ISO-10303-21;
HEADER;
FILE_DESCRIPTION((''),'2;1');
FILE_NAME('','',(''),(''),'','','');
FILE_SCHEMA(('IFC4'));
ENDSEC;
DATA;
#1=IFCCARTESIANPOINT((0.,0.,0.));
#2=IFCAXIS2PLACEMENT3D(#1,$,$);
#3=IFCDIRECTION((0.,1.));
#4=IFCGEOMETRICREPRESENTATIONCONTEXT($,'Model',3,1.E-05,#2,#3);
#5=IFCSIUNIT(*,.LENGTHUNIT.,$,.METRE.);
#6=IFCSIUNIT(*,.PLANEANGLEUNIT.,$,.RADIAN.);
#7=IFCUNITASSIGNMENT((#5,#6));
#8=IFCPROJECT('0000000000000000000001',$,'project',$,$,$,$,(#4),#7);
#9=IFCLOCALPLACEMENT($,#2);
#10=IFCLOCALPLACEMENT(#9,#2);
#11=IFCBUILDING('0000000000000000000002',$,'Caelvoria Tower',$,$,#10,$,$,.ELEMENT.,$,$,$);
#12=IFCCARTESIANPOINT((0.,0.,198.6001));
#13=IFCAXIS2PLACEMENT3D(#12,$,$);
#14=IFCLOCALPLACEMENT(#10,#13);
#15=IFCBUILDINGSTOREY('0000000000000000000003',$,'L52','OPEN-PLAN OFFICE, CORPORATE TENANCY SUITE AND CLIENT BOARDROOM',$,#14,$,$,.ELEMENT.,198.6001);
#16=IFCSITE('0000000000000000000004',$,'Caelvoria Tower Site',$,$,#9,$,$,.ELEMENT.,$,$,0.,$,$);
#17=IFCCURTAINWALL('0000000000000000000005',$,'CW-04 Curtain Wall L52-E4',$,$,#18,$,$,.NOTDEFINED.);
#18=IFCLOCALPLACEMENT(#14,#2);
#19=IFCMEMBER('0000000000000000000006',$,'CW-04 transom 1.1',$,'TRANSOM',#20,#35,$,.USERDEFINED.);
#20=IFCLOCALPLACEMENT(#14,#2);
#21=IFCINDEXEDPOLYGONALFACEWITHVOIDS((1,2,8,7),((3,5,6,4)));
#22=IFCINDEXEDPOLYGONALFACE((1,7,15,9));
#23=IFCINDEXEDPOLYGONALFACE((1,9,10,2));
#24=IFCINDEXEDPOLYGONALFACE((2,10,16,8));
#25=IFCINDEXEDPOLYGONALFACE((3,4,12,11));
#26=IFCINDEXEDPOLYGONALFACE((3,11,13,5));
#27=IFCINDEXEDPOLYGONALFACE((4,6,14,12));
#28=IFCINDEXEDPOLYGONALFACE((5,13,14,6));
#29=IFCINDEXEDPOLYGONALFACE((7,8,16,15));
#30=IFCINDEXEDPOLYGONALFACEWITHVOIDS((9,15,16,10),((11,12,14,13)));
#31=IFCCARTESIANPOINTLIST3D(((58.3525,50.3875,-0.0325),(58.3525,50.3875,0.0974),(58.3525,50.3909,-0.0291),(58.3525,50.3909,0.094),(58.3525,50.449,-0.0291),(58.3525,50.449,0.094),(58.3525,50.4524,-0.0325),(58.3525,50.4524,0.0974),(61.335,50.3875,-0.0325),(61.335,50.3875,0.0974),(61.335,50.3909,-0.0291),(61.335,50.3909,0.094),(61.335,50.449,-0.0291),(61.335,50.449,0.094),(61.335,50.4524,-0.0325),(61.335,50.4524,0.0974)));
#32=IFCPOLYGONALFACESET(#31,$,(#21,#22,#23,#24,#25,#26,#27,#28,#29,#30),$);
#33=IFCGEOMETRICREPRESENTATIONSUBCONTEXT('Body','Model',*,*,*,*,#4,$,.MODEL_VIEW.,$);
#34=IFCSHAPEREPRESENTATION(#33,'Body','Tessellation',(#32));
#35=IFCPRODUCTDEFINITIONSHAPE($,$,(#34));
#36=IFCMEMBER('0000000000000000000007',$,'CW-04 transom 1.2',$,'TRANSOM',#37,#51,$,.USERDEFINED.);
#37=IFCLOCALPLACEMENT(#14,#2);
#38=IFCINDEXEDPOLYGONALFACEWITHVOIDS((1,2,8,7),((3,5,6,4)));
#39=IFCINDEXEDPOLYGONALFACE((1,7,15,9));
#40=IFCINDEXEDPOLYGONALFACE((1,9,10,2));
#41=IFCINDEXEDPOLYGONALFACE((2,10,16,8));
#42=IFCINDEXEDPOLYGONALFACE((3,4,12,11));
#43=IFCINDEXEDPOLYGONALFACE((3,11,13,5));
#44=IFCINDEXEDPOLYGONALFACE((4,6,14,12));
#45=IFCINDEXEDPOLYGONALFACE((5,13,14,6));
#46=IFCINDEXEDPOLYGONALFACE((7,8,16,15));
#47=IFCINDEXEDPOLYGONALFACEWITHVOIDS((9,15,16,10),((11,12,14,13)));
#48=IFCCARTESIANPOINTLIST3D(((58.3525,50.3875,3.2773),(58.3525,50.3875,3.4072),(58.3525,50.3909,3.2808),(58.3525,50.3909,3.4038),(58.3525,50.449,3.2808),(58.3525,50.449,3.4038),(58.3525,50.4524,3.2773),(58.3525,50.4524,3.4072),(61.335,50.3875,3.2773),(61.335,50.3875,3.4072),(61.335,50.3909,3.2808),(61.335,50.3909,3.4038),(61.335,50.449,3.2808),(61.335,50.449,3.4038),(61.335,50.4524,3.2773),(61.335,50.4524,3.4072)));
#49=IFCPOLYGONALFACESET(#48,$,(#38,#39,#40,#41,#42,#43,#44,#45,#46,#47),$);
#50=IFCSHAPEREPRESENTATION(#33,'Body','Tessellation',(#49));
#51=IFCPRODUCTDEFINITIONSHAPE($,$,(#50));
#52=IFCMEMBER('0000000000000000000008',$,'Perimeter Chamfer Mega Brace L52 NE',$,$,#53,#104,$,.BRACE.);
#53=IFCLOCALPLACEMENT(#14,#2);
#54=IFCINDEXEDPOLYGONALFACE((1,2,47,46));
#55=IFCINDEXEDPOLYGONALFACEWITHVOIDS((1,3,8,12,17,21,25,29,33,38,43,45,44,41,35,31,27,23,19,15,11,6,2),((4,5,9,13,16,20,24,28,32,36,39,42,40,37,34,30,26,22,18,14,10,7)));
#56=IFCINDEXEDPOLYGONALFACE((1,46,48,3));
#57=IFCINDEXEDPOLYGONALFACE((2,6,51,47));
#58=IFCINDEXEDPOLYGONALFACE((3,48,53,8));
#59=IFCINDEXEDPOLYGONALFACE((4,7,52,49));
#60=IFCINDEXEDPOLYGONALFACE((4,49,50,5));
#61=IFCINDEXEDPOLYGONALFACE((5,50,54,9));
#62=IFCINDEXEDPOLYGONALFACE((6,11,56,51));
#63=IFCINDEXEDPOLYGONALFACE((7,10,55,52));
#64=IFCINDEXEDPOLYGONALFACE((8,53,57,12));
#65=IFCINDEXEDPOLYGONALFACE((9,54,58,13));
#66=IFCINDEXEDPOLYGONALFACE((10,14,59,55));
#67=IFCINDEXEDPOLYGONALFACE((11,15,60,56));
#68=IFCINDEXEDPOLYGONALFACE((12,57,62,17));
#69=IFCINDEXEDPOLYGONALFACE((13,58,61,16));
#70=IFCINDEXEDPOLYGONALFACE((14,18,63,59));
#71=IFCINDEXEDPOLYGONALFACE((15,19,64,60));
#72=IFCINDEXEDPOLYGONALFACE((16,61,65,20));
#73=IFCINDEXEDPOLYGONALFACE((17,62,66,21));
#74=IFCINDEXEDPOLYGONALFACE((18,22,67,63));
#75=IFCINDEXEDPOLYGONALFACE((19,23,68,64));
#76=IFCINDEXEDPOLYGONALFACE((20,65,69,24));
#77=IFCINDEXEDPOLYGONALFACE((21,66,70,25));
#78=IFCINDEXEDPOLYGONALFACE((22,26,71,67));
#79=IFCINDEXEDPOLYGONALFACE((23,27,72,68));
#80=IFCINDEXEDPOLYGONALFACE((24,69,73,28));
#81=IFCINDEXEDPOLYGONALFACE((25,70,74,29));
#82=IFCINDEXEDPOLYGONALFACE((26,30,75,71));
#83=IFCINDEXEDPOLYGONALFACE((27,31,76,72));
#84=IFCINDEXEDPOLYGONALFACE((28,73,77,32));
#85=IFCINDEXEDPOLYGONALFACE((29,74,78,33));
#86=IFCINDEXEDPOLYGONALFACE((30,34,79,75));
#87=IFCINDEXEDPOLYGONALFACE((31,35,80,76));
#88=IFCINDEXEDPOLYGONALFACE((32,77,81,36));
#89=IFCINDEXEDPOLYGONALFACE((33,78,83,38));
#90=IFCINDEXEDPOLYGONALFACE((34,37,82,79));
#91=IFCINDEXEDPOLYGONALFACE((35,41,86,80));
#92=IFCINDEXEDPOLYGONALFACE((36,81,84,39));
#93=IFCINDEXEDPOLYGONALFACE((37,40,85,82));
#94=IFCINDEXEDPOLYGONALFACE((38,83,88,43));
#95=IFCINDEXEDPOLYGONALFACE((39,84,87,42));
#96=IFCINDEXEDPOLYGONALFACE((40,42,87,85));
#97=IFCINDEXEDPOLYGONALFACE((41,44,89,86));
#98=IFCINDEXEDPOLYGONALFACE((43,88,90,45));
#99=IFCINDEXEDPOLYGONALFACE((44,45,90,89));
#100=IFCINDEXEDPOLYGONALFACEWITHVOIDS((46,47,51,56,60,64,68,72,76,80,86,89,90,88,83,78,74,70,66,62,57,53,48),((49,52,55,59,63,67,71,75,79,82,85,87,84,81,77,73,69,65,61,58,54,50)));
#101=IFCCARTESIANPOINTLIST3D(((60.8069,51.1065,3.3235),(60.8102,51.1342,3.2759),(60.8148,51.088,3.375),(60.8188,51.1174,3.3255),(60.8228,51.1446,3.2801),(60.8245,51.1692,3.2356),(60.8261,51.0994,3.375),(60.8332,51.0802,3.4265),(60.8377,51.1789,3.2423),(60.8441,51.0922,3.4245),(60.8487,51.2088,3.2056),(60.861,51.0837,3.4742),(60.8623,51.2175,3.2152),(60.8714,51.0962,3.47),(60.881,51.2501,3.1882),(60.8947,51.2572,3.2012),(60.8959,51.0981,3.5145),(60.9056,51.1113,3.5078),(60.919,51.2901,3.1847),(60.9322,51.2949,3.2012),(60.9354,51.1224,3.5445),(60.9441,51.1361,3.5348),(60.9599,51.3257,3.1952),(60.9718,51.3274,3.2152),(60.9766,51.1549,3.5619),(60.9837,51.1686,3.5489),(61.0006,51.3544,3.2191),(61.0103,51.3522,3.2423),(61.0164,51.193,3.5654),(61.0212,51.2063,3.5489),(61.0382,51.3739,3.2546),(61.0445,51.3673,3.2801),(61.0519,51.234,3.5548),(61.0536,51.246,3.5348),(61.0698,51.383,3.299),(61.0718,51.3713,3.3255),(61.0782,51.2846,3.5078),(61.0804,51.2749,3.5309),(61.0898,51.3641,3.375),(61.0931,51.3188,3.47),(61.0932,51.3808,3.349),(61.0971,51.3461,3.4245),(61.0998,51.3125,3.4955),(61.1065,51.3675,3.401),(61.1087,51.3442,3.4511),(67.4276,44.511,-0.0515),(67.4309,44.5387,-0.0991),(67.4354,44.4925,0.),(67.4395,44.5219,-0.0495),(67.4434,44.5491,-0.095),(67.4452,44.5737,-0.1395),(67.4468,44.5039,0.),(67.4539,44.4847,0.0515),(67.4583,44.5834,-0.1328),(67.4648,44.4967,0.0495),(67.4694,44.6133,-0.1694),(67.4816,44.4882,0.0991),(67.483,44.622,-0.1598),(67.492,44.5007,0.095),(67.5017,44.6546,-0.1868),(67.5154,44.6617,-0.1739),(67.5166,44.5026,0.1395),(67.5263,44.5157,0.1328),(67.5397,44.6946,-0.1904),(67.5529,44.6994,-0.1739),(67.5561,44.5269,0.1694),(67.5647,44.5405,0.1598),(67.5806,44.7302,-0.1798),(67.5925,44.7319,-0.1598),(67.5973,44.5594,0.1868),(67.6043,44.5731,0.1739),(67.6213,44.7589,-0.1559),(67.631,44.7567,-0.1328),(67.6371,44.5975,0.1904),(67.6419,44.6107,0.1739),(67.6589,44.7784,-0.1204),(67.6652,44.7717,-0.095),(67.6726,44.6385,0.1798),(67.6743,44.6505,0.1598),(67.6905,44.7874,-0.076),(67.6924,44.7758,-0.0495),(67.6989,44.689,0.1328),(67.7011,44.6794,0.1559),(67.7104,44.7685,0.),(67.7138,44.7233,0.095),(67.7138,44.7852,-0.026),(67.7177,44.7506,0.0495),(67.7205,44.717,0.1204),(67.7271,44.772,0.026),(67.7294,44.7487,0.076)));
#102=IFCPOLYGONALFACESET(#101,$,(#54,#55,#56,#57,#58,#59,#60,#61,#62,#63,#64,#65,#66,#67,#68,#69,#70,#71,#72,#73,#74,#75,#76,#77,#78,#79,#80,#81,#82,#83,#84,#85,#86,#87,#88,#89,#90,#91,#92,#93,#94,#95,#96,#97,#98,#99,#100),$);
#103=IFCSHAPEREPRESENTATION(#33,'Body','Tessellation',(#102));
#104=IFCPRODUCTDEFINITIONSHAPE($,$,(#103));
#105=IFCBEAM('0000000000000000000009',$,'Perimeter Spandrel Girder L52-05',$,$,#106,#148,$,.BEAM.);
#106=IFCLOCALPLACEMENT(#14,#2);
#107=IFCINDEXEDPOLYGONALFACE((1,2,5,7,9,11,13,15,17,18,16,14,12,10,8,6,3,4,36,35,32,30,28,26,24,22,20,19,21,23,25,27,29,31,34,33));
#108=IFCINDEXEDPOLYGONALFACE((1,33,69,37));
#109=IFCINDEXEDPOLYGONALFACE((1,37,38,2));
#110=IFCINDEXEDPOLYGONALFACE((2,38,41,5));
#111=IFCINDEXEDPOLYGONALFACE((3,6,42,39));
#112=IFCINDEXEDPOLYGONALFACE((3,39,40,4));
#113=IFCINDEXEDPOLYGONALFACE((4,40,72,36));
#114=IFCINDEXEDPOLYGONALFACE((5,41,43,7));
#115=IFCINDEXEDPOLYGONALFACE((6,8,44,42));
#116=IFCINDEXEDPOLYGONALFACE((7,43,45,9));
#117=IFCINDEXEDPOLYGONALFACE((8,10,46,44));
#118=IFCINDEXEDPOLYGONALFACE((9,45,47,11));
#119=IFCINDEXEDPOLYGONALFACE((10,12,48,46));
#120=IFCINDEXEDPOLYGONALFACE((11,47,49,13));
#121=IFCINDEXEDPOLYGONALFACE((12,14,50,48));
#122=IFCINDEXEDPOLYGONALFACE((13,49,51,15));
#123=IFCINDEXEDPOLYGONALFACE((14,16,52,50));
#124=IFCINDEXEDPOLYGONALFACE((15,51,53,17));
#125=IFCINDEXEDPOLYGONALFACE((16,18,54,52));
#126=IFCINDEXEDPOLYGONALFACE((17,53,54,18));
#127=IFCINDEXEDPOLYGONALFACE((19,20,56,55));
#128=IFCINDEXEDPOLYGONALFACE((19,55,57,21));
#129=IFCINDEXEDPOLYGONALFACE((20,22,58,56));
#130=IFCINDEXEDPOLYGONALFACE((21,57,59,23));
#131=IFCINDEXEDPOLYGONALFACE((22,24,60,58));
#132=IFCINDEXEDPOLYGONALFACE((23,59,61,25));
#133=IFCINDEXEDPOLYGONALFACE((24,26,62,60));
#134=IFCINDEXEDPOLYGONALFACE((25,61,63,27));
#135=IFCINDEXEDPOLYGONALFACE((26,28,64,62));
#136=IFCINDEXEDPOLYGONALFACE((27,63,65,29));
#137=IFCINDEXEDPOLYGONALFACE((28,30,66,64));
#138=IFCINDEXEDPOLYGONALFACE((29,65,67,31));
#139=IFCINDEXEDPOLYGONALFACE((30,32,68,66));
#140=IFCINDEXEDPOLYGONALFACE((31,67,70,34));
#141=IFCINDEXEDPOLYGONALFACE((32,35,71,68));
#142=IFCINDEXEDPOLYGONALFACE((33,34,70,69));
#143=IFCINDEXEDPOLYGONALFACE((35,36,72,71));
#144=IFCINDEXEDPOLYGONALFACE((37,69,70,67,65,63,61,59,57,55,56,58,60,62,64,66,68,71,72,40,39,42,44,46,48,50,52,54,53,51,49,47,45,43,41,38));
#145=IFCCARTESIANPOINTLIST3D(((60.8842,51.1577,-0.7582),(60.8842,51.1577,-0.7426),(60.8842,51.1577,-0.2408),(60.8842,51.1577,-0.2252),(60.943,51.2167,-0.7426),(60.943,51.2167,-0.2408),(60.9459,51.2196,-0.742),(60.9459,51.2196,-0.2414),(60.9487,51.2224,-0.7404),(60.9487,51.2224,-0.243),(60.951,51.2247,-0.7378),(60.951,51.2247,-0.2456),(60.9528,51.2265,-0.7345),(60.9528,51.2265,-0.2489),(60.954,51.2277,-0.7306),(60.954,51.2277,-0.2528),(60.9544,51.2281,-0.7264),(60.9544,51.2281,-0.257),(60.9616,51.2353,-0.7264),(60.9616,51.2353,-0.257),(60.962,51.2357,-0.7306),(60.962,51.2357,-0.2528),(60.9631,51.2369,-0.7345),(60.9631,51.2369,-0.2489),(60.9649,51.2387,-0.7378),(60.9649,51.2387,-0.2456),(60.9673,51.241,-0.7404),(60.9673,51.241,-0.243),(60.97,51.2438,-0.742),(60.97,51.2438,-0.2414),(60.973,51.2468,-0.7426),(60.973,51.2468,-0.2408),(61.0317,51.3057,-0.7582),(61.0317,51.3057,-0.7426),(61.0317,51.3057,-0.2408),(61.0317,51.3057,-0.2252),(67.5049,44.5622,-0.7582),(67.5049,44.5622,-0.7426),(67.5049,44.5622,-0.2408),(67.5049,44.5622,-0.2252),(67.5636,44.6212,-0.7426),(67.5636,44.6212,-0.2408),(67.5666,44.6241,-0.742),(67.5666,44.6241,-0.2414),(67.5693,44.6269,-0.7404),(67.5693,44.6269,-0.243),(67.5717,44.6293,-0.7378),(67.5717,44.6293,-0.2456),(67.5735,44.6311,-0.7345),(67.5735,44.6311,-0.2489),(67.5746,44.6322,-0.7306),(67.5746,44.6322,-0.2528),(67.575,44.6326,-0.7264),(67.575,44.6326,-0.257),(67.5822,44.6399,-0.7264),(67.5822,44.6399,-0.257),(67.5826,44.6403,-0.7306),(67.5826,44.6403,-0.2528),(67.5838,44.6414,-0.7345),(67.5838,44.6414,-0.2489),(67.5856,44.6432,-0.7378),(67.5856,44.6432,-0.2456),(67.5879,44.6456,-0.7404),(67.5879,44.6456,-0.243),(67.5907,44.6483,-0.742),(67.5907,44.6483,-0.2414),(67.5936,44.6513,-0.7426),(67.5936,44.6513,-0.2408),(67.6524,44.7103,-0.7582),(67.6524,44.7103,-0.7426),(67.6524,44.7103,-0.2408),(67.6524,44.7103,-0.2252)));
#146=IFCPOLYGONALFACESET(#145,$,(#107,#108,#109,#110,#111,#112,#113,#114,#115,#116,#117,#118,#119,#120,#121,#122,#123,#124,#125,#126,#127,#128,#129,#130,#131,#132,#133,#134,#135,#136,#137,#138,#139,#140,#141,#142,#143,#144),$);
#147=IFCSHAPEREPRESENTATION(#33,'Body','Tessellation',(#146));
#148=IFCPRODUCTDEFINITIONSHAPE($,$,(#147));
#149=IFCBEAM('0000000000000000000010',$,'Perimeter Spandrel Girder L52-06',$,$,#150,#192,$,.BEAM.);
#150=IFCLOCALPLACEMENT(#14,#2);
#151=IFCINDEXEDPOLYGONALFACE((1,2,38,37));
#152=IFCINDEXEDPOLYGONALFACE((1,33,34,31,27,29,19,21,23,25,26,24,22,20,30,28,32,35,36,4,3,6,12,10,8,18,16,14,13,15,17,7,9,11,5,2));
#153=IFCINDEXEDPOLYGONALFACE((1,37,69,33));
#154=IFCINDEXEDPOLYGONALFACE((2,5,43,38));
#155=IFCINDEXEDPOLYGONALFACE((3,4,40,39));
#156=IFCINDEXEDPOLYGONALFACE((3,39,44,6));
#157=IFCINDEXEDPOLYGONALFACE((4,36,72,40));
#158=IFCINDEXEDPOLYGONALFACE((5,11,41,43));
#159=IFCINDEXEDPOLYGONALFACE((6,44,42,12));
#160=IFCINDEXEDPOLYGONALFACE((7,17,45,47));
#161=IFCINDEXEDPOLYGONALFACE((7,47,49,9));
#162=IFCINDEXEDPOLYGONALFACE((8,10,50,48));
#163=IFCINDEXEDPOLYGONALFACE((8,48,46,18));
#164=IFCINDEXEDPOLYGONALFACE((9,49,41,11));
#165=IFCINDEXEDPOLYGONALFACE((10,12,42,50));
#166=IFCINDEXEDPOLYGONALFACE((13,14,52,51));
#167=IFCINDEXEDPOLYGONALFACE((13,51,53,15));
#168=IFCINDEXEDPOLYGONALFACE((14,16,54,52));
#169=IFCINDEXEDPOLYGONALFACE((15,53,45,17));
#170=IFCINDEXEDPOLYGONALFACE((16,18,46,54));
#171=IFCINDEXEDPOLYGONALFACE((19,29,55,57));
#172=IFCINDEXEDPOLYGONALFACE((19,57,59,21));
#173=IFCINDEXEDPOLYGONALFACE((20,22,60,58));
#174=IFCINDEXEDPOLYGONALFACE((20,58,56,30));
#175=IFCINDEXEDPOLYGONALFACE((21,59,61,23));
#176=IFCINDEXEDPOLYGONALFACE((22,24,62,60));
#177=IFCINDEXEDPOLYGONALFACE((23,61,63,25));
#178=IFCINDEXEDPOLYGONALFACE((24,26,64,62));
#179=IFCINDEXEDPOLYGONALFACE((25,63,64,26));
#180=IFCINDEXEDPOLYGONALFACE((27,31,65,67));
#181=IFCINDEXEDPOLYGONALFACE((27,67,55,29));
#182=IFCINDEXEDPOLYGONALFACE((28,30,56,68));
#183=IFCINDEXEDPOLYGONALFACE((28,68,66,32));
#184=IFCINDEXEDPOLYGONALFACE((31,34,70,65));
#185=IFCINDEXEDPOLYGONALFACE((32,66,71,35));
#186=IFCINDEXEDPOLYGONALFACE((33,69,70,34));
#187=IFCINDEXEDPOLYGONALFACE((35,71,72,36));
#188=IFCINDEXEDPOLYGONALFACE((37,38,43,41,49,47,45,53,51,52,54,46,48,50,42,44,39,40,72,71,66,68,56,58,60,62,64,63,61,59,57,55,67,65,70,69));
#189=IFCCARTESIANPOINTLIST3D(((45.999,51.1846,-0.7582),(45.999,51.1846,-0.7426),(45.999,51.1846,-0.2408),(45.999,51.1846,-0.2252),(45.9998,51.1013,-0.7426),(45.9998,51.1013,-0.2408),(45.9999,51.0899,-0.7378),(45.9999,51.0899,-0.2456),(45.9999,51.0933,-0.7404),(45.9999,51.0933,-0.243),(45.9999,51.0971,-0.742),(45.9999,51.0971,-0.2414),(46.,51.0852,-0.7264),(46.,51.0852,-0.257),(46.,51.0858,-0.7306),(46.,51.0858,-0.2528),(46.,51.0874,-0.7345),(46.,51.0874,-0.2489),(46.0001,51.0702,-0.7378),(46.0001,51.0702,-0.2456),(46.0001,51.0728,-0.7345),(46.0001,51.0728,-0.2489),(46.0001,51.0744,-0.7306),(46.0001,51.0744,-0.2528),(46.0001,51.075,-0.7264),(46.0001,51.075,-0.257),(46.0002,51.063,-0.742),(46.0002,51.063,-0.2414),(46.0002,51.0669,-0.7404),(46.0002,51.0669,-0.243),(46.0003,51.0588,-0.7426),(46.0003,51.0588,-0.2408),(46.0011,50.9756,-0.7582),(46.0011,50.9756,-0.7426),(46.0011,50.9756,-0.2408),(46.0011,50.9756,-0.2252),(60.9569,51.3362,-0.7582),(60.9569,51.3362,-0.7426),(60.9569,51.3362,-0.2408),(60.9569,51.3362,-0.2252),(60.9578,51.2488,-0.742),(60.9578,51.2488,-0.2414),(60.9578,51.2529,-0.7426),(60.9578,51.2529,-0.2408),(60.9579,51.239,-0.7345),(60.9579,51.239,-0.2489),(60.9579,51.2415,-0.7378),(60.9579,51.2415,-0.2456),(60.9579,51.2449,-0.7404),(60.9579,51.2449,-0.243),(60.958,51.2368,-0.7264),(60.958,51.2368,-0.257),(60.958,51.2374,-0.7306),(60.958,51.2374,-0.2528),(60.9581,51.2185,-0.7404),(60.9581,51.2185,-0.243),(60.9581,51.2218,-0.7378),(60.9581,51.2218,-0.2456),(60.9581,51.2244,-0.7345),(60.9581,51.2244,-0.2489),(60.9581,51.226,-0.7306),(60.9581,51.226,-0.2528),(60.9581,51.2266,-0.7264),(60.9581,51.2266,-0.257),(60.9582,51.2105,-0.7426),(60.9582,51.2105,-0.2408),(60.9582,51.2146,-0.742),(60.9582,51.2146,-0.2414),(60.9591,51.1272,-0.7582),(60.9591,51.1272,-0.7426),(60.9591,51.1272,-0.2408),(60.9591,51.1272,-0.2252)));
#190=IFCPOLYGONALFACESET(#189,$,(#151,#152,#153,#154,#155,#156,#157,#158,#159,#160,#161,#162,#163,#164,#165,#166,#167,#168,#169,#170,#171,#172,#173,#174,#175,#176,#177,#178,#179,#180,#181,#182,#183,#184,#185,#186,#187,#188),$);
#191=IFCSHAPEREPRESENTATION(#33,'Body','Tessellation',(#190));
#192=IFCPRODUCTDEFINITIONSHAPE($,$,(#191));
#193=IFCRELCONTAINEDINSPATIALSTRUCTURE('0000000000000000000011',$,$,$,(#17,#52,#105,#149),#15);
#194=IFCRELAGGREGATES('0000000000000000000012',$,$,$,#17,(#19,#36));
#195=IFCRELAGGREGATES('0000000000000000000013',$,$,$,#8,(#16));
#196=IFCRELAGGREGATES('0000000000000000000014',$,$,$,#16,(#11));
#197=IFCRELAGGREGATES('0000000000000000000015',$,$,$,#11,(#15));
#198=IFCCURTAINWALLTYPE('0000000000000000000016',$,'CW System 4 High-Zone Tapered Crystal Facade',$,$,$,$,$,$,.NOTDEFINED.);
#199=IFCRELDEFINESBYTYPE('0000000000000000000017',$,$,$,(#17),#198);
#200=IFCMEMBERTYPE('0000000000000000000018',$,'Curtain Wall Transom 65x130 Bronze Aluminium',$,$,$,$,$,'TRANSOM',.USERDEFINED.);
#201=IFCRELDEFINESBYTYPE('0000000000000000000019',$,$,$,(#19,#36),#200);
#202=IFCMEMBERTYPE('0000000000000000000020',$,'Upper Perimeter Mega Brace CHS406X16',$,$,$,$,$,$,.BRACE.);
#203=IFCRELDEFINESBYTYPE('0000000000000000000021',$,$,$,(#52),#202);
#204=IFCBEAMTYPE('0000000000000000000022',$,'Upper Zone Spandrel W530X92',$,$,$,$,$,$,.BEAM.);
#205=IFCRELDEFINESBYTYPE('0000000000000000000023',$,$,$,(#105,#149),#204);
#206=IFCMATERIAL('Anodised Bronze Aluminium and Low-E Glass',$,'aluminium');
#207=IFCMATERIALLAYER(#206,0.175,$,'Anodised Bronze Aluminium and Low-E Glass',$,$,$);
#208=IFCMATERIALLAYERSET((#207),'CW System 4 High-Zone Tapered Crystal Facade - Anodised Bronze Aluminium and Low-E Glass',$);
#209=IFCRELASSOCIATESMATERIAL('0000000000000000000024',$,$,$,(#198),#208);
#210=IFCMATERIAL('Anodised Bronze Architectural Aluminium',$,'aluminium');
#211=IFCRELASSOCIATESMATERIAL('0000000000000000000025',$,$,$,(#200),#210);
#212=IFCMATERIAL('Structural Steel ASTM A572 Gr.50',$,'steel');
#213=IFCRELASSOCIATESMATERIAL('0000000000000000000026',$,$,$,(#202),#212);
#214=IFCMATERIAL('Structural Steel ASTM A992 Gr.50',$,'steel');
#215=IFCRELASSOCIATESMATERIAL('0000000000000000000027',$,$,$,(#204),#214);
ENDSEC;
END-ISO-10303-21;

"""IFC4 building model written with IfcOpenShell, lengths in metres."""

from ifc_helpers import new_model, si_unit, direction, frame, origin, origin_2d, place, context, subcontext, project, spatial, hollow_rectangle, hollow_circle, i_section, extrude, material, layer, layer_set, material_profile, profile_set, type_object, element, aggregate, save


model = new_model("IFC4")

# Units and contexts
model_context = context("Model", 3, precision=1e-05, world=origin(), true_north=direction((0.0, 1.0)))
body_context = subcontext(model_context, "Body", "Model", "MODEL_VIEW")
ifc_project = project(units=[si_unit("LENGTHUNIT", "METRE"), si_unit("PLANEANGLEUNIT", "RADIAN")], contexts=[model_context])

# Site, building, storey
site_placement = place(None, origin())
site = spatial("IfcSite", under=ifc_project, at=site_placement, Name="Caelvoria Tower Site", CompositionType="ELEMENT", RefElevation=0.0)
building_placement = place(site_placement, origin())
building = spatial("IfcBuilding", under=site, at=building_placement, Name="Caelvoria Tower", CompositionType="ELEMENT")
storey_placement = place(building_placement, frame((0.0, 0.0, 198.6001)))
storey = spatial("IfcBuildingStorey", under=building, at=storey_placement, Name="L52", Description="OPEN-PLAN OFFICE, CORPORATE TENANCY SUITE AND CLIENT BOARDROOM", CompositionType="ELEMENT", Elevation=198.6001)

# Shared definitions
ifc_material_1 = material(Name="Structural Steel ASTM A572 Gr.50", Category="steel")

# Shared definitions
ifc_material_2 = material(Name="Anodised Bronze Aluminium and Low-E Glass", Category="aluminium")
ifc_layer_1 = layer(ifc_material_2, 0.175, Name="Anodised Bronze Aluminium and Low-E Glass")
ifc_layer_set_1 = layer_set([ifc_layer_1], Name="CW System 4 High-Zone Tapered Crystal Facade - Anodised Bronze Aluminium and Low-E Glass")
curtain_wall_type = type_object("IfcCurtainWallType", Name="CW System 4 High-Zone Tapered Crystal Facade", PredefinedType="NOTDEFINED", material=ifc_layer_set_1)
ifc_material_3 = material(Name="Anodised Bronze Architectural Aluminium", Category="aluminium")

# Curtain wall
curtain_wall_1_placement = place(storey_placement, origin())
curtain_wall_1 = element("IfcCurtainWall", 1, at=curtain_wall_1_placement, inside=storey, type_object=curtain_wall_type, Name="CW-04 Curtain Wall L52-E4", PredefinedType="NOTDEFINED")

# Members
ifc_material_profile_1 = material_profile(ifc_material_3, hollow_rectangle(XDim=0.0649, YDim=0.1299, WallThickness=0.0034, at=origin_2d()), Name="Anodised Bronze Architectural Aluminium")
ifc_profile_set_1 = profile_set([ifc_material_profile_1], Name="CW_TRAN_65X130 - Anodised Bronze Architectural Aluminium")
member_type_1 = type_object("IfcMemberType", Name="Curtain Wall Transom 65x130 Bronze Aluminium", ElementType="TRANSOM", PredefinedType="USERDEFINED", material=ifc_profile_set_1)
member_1_placement = place(storey_placement, frame((61.335, 50.4199, 0.0325), z_axis=(-1.0, 0.0, 0.0), x_axis=(0.0, -1.0, 0.0)))
member_1 = element("IfcMember", 2, at=member_1_placement, type_object=member_type_1, Name="CW-04 transom 1.1", ObjectType="TRANSOM", PredefinedType="USERDEFINED", context=body_context, shape_type="SweptSolid", body=[
    extrude(hollow_rectangle(XDim=0.0649, YDim=0.1299, WallThickness=0.0034, at=origin_2d()), origin(), (0.0, 0.0, 1.0), 2.9824),
])
member_2_placement = place(storey_placement, frame((61.335, 50.4199, 3.3423), z_axis=(-1.0, 0.0, 0.0), x_axis=(0.0, -1.0, 0.0)))
member_2 = element("IfcMember", 3, at=member_2_placement, type_object=member_type_1, Name="CW-04 transom 1.2", ObjectType="TRANSOM", PredefinedType="USERDEFINED", context=body_context, shape_type="SweptSolid", body=[
    extrude(hollow_rectangle(XDim=0.0649, YDim=0.1299, WallThickness=0.0034, at=origin_2d()), origin(), (0.0, 0.0, 1.0), 2.9824),
])
aggregate(curtain_wall_1, [member_1, member_2])
ifc_material_profile_2 = material_profile(ifc_material_1, hollow_circle(Radius=0.2029, WallThickness=0.0161, at=origin_2d()), Name="Structural Steel ASTM A572 Gr.50")
ifc_profile_set_2 = profile_set([ifc_material_profile_2], Name="CHS406X16 - Structural Steel ASTM A572 Gr.50")
member_type_2 = type_object("IfcMemberType", Name="Upper Perimeter Mega Brace CHS406X16", PredefinedType="BRACE", material=ifc_profile_set_2)
member_3_placement = place(storey_placement, frame((67.5786, 44.6362, 0.0), z_axis=(-0.666328, 0.663797, 0.339676), x_axis=(-0.70576, -0.708451, 0.0)))
element("IfcMember", 4, at=member_3_placement, inside=storey, type_object=member_type_2, Name="Perimeter Chamfer Mega Brace L52 NE", PredefinedType="BRACE", context=body_context, shape_type="SweptSolid", body=[
    extrude(hollow_circle(Radius=0.2029, WallThickness=0.0161, at=origin_2d()), origin(), (0.0, 0.0, 1.0), 9.936),
])

# Beams
ifc_material_4 = material(Name="Structural Steel ASTM A992 Gr.50", Category="steel")
ifc_material_profile_3 = material_profile(ifc_material_4, i_section(OverallWidth=0.209, OverallDepth=0.533, WebThickness=0.0103, FlangeThickness=0.0156, FilletRadius=0.0161, at=origin_2d()), Name="Structural Steel ASTM A992 Gr.50")
ifc_profile_set_3 = profile_set([ifc_material_profile_3], Name="W530X92 - Structural Steel ASTM A992 Gr.50")
beam_type = type_object("IfcBeamType", Name="Upper Zone Spandrel W530X92", PredefinedType="BEAM", material=ifc_profile_set_3)
beam_1_placement = place(storey_placement, frame((67.5786, 44.6362, -0.4917), z_axis=(-0.708451, 0.70576, 0.0), x_axis=(-0.70576, -0.708451, 0.0)))
element("IfcBeam", 5, at=beam_1_placement, inside=storey, type_object=beam_type, Name="Perimeter Spandrel Girder L52-05", PredefinedType="BEAM", context=body_context, shape_type="SweptSolid", body=[
    extrude(i_section(OverallWidth=0.209, OverallDepth=0.533, WebThickness=0.0103, FlangeThickness=0.0156, FilletRadius=0.0161, at=origin_2d()), origin(), (0.0, 0.0, 1.0), 9.3452),
])
beam_2_placement = place(storey_placement, frame((60.958, 51.2317, -0.4917), z_axis=(-0.999949, -0.010135, 0.0), x_axis=(0.010135, -0.999949, 0.0)))
element("IfcBeam", 6, at=beam_2_placement, inside=storey, type_object=beam_type, Name="Perimeter Spandrel Girder L52-06", PredefinedType="BEAM", context=body_context, shape_type="SweptSolid", body=[
    extrude(i_section(OverallWidth=0.209, OverallDepth=0.533, WebThickness=0.0103, FlangeThickness=0.0156, FilletRadius=0.0161, at=origin_2d()), origin(), (0.0, 0.0, 1.0), 14.9587),
])

save(model, "model.ifc")
